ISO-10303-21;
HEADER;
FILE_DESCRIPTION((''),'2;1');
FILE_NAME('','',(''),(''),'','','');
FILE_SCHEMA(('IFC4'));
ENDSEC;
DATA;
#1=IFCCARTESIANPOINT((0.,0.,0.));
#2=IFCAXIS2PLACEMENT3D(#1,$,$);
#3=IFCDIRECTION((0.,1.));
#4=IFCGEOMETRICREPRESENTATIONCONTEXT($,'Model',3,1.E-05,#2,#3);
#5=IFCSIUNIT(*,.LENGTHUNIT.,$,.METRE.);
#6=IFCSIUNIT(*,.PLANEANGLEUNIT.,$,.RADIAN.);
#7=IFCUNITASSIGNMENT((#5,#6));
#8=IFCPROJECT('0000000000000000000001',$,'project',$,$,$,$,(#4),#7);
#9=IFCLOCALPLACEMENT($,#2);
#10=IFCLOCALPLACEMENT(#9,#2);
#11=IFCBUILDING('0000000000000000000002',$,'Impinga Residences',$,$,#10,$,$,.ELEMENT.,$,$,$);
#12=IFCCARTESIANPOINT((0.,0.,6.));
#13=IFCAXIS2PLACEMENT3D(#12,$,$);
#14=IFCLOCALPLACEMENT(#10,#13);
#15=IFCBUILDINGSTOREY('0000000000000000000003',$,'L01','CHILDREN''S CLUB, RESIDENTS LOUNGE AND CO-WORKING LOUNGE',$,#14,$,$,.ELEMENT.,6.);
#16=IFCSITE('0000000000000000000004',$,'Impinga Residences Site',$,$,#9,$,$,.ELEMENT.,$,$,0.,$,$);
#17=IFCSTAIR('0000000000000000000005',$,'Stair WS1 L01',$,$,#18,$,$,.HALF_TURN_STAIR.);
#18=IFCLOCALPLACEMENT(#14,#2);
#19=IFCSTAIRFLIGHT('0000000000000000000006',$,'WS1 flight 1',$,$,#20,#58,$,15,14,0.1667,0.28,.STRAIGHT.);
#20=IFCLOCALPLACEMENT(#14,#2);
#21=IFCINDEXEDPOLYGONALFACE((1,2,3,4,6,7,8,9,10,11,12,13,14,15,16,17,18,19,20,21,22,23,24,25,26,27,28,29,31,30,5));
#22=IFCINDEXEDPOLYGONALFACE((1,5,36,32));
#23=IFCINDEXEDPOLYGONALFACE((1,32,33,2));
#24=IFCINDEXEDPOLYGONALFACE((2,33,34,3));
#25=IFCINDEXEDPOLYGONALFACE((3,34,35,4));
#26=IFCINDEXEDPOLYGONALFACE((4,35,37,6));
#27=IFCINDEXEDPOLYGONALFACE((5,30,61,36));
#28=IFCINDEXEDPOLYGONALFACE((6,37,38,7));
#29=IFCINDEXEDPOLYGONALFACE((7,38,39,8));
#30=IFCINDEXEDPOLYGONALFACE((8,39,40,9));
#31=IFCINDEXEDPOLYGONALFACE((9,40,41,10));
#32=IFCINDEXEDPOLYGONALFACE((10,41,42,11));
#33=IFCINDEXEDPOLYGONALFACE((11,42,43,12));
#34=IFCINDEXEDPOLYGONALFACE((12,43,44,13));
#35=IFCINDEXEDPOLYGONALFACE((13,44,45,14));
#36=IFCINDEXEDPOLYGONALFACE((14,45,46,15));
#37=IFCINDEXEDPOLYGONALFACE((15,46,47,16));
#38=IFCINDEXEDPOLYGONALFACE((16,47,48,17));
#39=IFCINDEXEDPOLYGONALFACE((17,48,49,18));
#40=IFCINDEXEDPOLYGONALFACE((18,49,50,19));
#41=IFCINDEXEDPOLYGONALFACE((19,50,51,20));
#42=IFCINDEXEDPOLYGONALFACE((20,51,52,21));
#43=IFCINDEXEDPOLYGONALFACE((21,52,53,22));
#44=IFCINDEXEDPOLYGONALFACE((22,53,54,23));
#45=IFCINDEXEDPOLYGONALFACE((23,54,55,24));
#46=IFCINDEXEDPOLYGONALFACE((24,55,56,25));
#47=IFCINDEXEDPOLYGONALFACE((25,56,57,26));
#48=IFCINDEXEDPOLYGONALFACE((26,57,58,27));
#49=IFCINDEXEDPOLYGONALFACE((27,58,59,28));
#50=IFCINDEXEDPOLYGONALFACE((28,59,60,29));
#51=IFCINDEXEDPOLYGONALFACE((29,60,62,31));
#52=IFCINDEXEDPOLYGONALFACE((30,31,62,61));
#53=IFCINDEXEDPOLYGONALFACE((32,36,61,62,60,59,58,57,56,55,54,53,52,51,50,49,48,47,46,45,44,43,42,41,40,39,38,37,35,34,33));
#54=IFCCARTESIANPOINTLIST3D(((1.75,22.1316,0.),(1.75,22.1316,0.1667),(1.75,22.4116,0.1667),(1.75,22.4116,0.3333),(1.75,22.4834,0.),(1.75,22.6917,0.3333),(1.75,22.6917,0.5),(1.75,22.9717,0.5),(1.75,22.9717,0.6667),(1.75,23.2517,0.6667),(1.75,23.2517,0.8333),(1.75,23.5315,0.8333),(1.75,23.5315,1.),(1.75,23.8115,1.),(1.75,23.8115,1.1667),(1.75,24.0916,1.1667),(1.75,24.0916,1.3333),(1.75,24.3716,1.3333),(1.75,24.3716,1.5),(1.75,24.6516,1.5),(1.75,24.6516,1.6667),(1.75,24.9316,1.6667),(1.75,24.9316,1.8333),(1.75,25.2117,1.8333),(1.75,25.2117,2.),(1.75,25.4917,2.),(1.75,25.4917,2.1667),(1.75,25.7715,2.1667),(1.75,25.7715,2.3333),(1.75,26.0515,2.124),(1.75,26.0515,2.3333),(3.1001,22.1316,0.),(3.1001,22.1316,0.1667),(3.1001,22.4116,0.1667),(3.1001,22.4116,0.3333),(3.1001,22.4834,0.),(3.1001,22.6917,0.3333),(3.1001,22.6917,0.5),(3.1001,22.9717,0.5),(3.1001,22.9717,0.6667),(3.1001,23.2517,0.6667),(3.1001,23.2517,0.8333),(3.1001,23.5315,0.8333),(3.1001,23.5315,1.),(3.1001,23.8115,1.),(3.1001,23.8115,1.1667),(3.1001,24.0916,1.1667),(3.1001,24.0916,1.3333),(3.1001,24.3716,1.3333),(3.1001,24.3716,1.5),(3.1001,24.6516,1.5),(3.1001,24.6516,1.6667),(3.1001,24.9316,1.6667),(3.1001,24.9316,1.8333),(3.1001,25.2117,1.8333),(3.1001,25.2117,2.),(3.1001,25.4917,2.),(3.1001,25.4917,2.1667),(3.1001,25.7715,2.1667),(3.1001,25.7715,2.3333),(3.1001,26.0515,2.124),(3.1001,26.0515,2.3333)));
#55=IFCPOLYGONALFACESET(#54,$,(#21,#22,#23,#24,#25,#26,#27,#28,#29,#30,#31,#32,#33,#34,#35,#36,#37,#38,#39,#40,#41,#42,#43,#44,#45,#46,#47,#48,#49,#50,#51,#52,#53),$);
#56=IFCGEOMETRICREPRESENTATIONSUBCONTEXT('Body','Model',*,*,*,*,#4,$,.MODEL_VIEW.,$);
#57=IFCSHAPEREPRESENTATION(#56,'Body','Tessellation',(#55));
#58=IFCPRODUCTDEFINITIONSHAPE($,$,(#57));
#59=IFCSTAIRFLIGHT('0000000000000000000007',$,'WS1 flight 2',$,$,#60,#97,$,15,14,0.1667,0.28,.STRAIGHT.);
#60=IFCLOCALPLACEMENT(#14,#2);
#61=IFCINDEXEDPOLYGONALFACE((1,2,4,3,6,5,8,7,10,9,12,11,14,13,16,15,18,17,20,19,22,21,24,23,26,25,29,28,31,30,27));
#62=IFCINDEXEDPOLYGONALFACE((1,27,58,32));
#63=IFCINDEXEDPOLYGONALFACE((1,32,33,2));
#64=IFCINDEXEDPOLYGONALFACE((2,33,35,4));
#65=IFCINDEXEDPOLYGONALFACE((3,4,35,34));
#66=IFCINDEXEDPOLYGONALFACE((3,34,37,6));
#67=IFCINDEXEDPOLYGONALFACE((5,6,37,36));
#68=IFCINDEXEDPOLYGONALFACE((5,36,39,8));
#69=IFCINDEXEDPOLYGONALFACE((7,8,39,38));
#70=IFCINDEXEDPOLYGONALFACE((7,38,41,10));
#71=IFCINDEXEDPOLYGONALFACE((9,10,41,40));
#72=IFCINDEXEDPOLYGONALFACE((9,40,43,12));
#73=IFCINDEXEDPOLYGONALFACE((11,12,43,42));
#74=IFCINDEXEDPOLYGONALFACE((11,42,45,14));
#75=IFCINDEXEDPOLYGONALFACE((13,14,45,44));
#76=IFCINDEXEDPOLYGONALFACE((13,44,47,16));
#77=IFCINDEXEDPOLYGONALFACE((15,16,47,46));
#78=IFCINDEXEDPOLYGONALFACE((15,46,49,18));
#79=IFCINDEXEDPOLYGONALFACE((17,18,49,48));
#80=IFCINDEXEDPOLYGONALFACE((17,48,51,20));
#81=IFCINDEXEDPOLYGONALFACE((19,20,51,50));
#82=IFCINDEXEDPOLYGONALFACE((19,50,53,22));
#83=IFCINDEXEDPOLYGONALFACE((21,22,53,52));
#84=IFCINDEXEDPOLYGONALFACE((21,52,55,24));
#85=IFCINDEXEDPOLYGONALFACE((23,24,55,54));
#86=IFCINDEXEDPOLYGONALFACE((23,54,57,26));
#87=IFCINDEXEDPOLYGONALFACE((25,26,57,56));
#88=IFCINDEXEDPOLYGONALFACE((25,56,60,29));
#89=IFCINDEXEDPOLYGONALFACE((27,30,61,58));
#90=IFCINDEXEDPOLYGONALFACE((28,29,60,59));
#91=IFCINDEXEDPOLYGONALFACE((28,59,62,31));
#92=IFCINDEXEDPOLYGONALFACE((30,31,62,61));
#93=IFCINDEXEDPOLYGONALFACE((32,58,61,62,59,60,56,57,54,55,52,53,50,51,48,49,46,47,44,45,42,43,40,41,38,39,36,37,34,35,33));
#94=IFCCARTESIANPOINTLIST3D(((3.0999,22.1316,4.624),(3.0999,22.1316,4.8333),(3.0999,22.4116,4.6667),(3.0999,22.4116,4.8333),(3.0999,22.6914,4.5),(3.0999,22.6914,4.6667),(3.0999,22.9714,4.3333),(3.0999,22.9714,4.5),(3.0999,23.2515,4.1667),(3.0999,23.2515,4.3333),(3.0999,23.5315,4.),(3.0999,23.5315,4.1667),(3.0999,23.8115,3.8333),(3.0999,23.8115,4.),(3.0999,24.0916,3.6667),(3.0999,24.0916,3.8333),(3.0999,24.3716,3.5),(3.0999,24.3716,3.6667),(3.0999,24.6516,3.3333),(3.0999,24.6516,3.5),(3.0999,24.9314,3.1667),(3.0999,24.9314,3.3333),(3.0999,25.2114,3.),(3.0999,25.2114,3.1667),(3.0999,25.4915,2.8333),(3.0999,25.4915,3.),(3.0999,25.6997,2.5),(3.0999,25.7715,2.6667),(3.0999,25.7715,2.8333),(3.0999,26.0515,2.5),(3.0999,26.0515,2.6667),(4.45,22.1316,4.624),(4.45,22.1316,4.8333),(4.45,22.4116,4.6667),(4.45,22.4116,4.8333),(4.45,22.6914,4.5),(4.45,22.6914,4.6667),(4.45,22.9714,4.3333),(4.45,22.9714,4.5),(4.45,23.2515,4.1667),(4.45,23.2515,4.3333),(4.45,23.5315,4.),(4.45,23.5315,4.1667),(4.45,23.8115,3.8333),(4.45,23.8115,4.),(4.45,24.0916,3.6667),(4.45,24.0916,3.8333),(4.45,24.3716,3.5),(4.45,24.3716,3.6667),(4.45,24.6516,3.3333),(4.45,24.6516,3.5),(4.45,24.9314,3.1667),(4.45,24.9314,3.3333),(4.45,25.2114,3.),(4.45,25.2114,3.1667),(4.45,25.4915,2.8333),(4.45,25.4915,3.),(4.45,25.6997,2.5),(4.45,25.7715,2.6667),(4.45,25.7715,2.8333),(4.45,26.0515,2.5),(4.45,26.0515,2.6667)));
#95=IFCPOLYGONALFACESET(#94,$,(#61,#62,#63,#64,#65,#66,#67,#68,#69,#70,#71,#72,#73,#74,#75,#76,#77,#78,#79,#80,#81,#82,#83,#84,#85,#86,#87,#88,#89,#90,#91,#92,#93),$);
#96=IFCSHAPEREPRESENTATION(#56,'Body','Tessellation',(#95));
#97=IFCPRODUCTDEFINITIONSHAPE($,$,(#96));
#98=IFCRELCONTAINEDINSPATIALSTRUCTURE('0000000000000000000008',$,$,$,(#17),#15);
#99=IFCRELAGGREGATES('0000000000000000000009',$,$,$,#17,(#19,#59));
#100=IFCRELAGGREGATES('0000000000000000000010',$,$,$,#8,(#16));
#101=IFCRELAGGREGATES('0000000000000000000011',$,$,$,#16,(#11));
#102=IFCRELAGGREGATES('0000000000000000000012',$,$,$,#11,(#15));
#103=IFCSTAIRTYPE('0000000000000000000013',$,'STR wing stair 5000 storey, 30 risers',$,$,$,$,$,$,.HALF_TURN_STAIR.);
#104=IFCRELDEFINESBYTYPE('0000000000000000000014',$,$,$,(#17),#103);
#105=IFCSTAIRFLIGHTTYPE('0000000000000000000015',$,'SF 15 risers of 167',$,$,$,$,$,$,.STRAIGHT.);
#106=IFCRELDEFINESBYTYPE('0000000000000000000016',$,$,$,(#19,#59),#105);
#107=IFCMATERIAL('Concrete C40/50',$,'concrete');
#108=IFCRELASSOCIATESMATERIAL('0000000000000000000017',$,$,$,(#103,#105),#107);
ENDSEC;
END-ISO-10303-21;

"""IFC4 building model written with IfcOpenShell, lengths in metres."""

from ifc_helpers import new_model, si_unit, direction, frame, origin, place, context, subcontext, project, spatial, polyline, outline, extrude, material, type_object, element, aggregate, save


model = new_model("IFC4")

# Units and contexts
model_context = context("Model", 3, precision=1e-05, world=origin(), true_north=direction((0.0, 1.0)))
body_context = subcontext(model_context, "Body", "Model", "MODEL_VIEW")
ifc_project = project(units=[si_unit("LENGTHUNIT", "METRE"), si_unit("PLANEANGLEUNIT", "RADIAN")], contexts=[model_context])

# Site, building, storey
site_placement = place(None, origin())
site = spatial("IfcSite", under=ifc_project, at=site_placement, Name="Impinga Residences Site", CompositionType="ELEMENT", RefElevation=0.0)
building_placement = place(site_placement, origin())
building = spatial("IfcBuilding", under=site, at=building_placement, Name="Impinga Residences", CompositionType="ELEMENT")
storey_placement = place(building_placement, frame((0.0, 0.0, 6.0)))
storey = spatial("IfcBuildingStorey", under=building, at=storey_placement, Name="L01", Description="CHILDREN'S CLUB, RESIDENTS LOUNGE AND CO-WORKING LOUNGE", CompositionType="ELEMENT", Elevation=6.0)

# Stair, stair flights
ifc_material_1 = material(Name="Concrete C40/50", Category="concrete")
stair_type = type_object("IfcStairType", Name="STR wing stair 5000 storey, 30 risers", PredefinedType="HALF_TURN_STAIR", material=ifc_material_1)
stair_placement = place(storey_placement, origin())
stair = element("IfcStair", 1, at=stair_placement, inside=storey, type_object=stair_type, Name="Stair WS1 L01", PredefinedType="HALF_TURN_STAIR")
stair_flight_type = type_object("IfcStairFlightType", Name="SF 15 risers of 167", PredefinedType="STRAIGHT", material=ifc_material_1)
stair_flight_1_placement = place(storey_placement, frame((2.425, 22.1316, 0.0), z_axis=(0.0, 0.0, 1.0), x_axis=(0.0, 1.0, 0.0)))
stair_flight_1 = element("IfcStairFlight", 2, at=stair_flight_1_placement, type_object=stair_flight_type, Name="WS1 flight 1", NumberOfRisers=15, NumberOfTreads=14, PredefinedType="STRAIGHT", RiserHeight=0.1667, TreadLength=0.28, context=body_context, shape_type="SweptSolid", body=[
    extrude(outline(polyline([(0.0, 0.0), (0.0, 0.1667), (0.28, 0.1667), (0.28, 0.3333), (0.5601, 0.3333), (0.5601, 0.5), (0.8401, 0.5), (0.8401, 0.6667), (1.1201, 0.6667), (1.1201, 0.8333), (1.3999, 0.8333), (1.3999, 1.0), (1.6799, 1.0), (1.6799, 1.1667), (1.96, 1.1667), (1.96, 1.3333), (2.24, 1.3333), (2.24, 1.5), (2.52, 1.5), (2.52, 1.6667), (2.8, 1.6667), (2.8, 1.8333), (3.0801, 1.8333), (3.0801, 2.0), (3.3601, 2.0), (3.3601, 2.1667), (3.6399, 2.1667), (3.6399, 2.3333), (3.9199, 2.3333), (3.9199, 2.5), (3.9199, 2.124), (0.3518, 0.0), (0.0, 0.0)])), frame((0.0, 0.675, 0.0), z_axis=(0.0, -1.0, 0.0), x_axis=(1.0, 0.0, 0.0)), (0.0, 0.0, 1.0), 1.3501),
])
stair_flight_2_placement = place(storey_placement, frame((3.7749, 26.0515, 2.5), z_axis=(0.0, 0.0, 1.0), x_axis=(0.0, -1.0, 0.0)))
stair_flight_2 = element("IfcStairFlight", 3, at=stair_flight_2_placement, type_object=stair_flight_type, Name="WS1 flight 2", NumberOfRisers=15, NumberOfTreads=14, PredefinedType="STRAIGHT", RiserHeight=0.1667, TreadLength=0.28, context=body_context, shape_type="SweptSolid", body=[
    extrude(outline(polyline([(0.0, 0.0), (0.0, 0.1667), (0.28, 0.1667), (0.28, 0.3333), (0.5601, 0.3333), (0.5601, 0.5), (0.8401, 0.5), (0.8401, 0.6667), (1.1201, 0.6667), (1.1201, 0.8333), (1.3999, 0.8333), (1.3999, 1.0), (1.6799, 1.0), (1.6799, 1.1667), (1.96, 1.1667), (1.96, 1.3333), (2.24, 1.3333), (2.24, 1.5), (2.52, 1.5), (2.52, 1.6667), (2.8, 1.6667), (2.8, 1.8333), (3.0801, 1.8333), (3.0801, 2.0), (3.3601, 2.0), (3.3601, 2.1667), (3.6399, 2.1667), (3.6399, 2.3333), (3.9199, 2.3333), (3.9199, 2.5), (3.9199, 2.124), (0.3518, 0.0), (0.0, 0.0)])), frame((0.0, 0.675, 0.0), z_axis=(0.0, -1.0, 0.0), x_axis=(1.0, 0.0, 0.0)), (0.0, 0.0, 1.0), 1.3501),
])
aggregate(stair, [stair_flight_1, stair_flight_2])

save(model, "model.ifc")
